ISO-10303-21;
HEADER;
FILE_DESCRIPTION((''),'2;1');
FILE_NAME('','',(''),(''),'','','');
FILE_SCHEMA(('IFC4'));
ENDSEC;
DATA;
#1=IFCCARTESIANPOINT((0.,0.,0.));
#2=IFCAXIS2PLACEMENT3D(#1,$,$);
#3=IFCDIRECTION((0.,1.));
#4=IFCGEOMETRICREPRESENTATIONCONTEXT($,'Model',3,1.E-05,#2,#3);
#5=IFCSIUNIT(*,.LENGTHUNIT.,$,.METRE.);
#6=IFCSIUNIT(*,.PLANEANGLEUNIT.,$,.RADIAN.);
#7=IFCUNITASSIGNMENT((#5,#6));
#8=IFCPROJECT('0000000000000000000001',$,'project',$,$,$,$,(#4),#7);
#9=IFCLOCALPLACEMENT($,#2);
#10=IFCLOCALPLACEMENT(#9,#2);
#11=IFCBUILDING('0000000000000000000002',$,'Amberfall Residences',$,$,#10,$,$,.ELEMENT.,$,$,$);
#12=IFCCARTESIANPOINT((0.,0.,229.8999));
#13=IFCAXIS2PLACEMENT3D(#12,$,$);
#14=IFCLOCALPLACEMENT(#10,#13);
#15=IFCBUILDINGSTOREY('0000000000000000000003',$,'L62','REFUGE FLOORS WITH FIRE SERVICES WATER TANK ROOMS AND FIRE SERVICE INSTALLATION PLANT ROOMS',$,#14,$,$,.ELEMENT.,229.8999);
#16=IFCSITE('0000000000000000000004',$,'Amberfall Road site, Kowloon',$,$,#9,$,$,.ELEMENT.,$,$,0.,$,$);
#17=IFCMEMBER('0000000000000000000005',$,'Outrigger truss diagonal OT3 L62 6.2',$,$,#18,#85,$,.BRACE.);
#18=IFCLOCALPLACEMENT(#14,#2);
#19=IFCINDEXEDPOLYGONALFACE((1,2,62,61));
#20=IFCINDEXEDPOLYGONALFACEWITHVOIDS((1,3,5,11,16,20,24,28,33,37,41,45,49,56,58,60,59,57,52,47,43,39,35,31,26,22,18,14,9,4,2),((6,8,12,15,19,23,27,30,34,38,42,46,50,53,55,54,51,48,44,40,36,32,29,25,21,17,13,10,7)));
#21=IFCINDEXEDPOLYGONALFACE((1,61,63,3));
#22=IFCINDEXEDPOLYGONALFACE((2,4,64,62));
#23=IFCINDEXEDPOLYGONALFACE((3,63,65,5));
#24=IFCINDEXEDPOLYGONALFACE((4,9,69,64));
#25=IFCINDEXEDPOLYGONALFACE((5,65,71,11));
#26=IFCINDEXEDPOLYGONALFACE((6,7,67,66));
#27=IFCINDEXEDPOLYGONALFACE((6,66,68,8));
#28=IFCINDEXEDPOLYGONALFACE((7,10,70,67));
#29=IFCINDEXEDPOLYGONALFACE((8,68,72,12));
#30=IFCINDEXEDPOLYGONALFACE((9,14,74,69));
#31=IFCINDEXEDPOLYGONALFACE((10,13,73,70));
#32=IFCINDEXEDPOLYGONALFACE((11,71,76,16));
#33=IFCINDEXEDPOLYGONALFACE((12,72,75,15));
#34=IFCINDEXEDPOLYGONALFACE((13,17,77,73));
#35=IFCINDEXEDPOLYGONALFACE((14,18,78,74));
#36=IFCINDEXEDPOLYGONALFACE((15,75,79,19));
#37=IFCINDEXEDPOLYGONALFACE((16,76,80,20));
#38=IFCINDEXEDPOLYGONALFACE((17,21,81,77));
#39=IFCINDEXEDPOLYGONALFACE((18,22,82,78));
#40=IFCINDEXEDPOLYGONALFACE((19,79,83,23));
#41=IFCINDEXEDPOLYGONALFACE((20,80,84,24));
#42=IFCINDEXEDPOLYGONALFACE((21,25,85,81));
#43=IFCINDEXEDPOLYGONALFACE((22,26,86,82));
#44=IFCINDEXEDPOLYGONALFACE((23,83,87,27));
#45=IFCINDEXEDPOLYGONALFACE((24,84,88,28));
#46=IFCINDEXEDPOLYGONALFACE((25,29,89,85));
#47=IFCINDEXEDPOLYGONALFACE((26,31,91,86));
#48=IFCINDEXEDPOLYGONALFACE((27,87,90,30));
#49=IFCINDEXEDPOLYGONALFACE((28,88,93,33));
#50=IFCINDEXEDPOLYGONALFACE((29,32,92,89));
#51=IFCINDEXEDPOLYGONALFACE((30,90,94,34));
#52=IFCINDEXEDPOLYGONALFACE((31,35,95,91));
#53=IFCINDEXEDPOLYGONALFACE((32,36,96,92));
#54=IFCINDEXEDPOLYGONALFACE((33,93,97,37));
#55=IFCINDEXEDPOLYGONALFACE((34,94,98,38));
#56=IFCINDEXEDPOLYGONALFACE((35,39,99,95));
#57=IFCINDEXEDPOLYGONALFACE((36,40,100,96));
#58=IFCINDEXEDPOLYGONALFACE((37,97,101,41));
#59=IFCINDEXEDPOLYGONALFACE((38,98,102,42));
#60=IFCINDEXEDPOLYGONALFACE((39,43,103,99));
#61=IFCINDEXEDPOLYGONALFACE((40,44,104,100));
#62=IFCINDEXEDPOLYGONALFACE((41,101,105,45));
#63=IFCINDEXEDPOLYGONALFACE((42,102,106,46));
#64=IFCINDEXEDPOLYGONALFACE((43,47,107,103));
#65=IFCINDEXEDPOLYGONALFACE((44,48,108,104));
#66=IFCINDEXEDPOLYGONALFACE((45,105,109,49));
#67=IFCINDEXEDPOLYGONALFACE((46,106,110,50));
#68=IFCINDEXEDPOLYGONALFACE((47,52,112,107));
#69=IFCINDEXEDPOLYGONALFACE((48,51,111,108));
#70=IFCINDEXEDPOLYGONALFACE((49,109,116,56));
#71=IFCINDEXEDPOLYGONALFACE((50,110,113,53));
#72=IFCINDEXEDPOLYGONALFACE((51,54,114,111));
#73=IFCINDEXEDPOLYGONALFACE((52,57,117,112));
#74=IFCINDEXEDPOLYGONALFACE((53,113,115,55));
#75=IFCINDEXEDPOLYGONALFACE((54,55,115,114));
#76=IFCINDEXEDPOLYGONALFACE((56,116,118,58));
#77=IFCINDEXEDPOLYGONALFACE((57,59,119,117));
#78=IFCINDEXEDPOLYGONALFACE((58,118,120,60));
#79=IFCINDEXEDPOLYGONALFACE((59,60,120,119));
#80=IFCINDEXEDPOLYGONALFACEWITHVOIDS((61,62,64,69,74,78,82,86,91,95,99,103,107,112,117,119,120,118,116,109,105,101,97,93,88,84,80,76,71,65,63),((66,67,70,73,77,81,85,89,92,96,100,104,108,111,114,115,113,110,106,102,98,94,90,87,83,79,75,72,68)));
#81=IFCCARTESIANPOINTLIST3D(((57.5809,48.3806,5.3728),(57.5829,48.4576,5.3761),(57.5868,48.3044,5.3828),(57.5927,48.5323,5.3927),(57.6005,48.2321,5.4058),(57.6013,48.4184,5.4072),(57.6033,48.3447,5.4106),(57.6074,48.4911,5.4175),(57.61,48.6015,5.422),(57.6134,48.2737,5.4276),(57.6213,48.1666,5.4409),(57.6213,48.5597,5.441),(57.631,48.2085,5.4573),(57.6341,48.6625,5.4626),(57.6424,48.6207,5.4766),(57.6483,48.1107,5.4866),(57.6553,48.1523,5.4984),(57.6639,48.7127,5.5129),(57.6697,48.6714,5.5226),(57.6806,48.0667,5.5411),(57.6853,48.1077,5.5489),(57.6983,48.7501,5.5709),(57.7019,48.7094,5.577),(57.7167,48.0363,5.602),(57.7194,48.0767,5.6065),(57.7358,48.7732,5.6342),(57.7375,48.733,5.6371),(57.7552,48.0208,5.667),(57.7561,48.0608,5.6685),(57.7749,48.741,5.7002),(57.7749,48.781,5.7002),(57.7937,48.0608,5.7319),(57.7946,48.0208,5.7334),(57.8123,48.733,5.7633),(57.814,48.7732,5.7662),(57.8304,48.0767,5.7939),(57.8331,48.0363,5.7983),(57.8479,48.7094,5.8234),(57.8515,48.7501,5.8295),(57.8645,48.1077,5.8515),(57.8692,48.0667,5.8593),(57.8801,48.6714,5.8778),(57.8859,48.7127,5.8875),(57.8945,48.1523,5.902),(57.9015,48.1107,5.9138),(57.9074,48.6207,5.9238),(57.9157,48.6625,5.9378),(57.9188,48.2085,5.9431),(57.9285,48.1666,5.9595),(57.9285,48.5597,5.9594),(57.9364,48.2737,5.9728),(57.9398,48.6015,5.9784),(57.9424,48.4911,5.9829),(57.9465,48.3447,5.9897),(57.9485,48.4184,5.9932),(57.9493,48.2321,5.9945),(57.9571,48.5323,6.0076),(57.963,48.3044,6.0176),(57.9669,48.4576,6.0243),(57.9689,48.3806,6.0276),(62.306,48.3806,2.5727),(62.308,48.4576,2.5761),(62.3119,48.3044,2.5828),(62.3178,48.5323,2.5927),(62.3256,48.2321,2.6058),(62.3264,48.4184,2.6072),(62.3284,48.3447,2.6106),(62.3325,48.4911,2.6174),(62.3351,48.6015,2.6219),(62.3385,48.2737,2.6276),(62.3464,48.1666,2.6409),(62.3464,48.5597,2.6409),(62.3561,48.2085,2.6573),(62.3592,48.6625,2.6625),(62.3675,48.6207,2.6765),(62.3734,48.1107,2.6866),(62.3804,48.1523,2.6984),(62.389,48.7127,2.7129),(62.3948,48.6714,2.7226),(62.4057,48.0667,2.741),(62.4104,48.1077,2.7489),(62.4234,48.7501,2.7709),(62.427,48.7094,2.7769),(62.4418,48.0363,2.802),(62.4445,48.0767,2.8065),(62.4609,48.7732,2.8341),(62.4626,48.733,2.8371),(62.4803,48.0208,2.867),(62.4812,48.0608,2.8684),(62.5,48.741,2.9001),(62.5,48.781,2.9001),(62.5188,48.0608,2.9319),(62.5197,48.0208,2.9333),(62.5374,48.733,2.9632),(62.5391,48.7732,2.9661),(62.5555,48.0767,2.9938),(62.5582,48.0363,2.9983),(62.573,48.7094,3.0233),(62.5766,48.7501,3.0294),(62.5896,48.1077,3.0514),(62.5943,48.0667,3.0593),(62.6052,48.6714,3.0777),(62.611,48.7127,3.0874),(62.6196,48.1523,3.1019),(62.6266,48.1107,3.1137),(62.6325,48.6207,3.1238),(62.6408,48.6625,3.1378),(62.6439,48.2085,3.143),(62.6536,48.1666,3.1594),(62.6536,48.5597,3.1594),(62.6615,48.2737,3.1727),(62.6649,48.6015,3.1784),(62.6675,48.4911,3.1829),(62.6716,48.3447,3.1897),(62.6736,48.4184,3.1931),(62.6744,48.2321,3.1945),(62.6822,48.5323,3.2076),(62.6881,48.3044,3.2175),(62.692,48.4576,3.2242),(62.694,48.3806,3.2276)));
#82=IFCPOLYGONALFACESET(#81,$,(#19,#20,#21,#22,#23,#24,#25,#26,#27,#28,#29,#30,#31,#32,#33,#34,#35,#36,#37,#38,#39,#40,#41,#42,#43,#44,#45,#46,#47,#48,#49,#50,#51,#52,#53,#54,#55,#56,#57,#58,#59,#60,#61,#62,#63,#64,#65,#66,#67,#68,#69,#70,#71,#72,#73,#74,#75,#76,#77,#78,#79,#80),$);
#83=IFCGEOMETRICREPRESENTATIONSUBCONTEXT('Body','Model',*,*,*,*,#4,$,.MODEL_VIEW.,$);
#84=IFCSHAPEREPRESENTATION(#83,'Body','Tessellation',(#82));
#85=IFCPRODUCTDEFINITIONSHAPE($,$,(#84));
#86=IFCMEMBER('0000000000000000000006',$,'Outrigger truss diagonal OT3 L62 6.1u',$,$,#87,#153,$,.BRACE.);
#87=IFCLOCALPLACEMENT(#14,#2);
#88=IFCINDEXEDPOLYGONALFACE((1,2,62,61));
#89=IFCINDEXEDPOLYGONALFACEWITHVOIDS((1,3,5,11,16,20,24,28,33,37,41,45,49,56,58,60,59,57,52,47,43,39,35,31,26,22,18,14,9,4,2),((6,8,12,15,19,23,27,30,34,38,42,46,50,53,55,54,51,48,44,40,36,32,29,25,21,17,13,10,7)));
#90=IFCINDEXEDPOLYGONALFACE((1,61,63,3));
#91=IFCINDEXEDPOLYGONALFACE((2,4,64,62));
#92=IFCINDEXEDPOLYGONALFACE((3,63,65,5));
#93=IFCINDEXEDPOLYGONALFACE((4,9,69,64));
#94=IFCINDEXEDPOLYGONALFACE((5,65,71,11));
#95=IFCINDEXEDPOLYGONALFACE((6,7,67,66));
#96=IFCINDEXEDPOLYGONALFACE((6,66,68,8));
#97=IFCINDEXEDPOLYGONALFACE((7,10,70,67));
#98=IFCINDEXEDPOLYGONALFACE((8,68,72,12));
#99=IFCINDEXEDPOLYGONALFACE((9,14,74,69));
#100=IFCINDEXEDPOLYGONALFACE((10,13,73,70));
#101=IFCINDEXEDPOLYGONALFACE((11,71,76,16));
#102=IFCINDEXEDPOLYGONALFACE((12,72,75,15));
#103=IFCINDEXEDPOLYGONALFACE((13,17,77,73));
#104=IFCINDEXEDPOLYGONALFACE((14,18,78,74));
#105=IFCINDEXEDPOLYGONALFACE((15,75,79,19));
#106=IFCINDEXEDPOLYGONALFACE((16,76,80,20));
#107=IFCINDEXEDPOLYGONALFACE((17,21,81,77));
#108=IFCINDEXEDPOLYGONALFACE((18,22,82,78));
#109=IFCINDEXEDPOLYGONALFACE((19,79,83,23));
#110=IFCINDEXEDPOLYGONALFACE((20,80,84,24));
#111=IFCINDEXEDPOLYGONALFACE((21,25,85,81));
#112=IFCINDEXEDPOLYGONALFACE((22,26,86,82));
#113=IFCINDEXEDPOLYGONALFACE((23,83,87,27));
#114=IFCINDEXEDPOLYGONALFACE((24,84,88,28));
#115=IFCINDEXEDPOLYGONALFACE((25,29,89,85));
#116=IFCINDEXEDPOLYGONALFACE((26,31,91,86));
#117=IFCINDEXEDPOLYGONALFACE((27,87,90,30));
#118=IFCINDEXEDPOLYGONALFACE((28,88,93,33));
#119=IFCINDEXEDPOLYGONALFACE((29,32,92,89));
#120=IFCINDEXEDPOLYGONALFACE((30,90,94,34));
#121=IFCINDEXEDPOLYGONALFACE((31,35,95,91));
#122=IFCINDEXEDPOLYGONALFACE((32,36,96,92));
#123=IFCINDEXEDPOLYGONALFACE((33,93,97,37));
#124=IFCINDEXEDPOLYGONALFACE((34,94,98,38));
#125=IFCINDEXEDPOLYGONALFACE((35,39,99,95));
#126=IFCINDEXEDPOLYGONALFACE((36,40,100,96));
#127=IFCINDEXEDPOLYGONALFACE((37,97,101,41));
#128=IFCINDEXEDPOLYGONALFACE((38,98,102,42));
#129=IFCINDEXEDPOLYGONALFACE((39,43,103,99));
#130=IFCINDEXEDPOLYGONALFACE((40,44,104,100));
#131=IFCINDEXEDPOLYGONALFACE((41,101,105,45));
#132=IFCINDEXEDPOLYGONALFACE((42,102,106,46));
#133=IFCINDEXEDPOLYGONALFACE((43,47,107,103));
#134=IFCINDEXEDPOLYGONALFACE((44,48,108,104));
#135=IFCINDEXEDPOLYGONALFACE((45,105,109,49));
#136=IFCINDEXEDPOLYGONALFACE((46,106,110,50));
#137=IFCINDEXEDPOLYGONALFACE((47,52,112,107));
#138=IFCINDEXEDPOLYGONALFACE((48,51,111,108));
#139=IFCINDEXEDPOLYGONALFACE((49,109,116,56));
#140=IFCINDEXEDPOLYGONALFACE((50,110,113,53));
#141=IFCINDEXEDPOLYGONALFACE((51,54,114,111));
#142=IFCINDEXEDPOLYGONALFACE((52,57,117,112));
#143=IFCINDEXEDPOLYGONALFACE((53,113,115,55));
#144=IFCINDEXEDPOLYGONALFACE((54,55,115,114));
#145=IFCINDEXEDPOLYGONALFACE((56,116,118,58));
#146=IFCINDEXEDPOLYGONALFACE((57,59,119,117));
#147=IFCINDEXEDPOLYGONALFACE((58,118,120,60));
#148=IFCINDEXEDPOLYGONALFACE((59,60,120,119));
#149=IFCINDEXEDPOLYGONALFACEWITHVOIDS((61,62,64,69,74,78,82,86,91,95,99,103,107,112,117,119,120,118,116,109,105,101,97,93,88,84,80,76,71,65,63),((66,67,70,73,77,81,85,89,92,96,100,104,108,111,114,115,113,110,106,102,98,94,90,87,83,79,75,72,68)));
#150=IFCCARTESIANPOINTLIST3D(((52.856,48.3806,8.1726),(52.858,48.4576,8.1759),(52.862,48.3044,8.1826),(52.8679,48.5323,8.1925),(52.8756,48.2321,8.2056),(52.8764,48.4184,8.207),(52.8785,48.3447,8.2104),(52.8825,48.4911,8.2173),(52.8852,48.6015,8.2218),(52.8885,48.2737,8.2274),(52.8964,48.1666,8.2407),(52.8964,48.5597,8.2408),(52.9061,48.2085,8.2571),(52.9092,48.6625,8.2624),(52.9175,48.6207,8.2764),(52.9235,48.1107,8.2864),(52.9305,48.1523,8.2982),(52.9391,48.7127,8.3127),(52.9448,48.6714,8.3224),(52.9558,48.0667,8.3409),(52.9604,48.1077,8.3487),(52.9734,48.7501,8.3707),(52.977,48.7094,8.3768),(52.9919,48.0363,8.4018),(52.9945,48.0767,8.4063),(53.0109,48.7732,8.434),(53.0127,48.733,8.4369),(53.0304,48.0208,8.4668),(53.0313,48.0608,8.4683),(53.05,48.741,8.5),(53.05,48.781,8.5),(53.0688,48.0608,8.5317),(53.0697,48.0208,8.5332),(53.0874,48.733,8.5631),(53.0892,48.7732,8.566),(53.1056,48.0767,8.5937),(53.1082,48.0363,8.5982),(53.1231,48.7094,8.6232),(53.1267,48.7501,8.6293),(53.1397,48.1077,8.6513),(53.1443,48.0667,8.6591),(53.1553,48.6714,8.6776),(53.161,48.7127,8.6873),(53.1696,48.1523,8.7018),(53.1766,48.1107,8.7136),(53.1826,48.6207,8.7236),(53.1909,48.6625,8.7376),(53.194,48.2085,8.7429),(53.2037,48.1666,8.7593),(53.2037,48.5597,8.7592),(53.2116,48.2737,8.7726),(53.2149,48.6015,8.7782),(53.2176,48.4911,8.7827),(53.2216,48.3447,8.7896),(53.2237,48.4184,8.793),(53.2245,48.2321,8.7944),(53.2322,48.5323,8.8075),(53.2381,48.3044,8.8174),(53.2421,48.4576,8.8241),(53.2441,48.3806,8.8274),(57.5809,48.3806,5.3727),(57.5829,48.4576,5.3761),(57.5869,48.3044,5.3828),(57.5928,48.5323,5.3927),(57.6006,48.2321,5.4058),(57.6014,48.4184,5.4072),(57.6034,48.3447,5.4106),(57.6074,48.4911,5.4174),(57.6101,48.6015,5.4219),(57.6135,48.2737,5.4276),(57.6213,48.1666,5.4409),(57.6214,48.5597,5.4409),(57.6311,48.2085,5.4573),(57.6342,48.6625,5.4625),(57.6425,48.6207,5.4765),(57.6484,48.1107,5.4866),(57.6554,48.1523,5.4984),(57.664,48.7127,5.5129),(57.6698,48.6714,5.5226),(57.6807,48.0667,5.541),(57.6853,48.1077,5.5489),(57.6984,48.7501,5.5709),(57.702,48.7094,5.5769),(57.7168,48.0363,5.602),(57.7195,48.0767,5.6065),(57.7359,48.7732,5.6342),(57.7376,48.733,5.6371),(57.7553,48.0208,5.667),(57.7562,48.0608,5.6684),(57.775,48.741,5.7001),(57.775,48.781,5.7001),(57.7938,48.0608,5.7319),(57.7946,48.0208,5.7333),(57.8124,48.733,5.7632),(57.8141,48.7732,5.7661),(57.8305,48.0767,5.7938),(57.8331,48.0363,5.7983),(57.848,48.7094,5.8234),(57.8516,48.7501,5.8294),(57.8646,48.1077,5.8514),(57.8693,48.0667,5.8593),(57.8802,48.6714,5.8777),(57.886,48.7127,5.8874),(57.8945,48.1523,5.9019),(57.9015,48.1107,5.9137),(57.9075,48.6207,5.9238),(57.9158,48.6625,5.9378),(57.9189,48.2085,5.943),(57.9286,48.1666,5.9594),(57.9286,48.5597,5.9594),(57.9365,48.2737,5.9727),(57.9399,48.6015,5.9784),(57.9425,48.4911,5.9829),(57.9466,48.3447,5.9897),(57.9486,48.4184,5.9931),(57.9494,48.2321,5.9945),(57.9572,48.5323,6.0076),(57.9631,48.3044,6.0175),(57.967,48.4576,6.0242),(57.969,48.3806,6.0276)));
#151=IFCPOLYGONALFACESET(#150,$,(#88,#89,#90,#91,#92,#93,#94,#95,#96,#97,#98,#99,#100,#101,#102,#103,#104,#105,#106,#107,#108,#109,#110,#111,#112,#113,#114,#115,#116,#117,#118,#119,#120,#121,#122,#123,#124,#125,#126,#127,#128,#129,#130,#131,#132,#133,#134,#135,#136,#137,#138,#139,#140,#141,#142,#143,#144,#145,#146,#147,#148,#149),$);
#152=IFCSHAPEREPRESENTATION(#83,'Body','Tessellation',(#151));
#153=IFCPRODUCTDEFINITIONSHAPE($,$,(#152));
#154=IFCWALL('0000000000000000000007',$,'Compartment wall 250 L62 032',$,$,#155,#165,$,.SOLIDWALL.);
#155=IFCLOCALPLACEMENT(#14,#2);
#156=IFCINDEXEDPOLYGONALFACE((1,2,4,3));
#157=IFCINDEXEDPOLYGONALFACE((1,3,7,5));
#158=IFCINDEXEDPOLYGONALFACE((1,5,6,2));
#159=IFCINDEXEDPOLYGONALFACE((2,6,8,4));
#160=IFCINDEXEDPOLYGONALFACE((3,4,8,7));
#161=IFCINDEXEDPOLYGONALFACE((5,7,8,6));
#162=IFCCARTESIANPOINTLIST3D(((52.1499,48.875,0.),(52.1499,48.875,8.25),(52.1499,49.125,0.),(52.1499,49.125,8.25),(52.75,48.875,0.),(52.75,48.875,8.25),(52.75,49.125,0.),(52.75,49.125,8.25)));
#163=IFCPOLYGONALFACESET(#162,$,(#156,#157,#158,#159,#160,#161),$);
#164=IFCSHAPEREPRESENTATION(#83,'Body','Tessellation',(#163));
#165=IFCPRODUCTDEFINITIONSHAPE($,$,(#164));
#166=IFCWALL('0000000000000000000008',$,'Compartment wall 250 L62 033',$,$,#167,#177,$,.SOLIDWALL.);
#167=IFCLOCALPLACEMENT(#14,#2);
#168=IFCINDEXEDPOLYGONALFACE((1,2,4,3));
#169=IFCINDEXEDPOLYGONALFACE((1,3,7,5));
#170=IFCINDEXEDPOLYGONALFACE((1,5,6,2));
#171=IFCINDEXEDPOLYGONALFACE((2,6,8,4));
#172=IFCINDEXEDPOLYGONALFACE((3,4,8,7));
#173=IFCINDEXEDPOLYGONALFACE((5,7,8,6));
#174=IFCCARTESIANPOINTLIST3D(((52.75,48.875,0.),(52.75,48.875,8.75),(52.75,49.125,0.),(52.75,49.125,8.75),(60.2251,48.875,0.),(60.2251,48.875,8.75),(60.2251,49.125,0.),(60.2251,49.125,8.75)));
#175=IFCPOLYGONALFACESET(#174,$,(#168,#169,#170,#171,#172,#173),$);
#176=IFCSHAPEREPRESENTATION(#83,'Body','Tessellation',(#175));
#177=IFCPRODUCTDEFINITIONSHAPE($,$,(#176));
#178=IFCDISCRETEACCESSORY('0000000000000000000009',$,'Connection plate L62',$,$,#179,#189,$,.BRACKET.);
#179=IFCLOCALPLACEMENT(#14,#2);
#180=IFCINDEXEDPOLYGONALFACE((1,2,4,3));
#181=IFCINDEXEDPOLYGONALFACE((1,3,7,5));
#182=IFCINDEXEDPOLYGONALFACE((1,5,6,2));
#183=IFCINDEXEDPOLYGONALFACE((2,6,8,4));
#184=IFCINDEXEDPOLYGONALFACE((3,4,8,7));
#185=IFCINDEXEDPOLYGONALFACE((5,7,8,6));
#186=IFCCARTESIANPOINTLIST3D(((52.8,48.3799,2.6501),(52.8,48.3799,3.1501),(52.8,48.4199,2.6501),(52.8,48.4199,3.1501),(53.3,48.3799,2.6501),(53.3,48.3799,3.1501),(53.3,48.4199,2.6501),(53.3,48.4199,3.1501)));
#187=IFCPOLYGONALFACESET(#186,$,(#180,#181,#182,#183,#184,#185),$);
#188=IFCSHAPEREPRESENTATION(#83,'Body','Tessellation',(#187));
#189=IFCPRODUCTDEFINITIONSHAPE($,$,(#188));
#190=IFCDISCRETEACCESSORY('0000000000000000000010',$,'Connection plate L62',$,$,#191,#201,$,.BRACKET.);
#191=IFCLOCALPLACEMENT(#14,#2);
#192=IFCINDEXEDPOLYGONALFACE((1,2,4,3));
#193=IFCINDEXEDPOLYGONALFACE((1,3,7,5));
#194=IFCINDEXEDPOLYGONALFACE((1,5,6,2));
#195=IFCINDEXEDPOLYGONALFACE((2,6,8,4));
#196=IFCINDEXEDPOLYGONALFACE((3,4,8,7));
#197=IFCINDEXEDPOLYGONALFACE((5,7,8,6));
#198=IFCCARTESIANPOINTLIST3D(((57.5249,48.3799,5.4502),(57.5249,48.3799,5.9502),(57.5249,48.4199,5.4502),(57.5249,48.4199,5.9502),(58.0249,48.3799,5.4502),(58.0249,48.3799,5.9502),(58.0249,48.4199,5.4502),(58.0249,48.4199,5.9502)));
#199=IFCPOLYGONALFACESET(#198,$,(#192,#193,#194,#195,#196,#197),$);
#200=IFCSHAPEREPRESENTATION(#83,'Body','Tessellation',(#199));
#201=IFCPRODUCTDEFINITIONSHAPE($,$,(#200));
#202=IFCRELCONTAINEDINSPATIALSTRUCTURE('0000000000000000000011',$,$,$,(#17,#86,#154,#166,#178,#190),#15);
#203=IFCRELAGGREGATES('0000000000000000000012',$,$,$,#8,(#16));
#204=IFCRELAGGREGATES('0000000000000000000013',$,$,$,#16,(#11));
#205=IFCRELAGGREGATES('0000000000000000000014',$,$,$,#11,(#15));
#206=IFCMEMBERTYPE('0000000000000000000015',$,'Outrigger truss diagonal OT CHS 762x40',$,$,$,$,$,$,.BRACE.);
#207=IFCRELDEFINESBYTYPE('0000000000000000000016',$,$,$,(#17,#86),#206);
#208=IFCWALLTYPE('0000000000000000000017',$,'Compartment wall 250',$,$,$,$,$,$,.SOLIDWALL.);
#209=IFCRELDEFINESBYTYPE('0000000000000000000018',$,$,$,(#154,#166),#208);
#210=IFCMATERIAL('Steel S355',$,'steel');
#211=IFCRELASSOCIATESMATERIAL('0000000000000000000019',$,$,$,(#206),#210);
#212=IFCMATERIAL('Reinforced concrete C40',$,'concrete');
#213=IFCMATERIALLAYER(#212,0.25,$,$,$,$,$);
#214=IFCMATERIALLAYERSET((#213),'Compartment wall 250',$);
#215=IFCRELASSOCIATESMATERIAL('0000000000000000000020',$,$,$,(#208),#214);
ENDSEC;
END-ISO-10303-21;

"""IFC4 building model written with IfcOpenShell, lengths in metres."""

from ifc_helpers import new_model, si_unit, direction, frame, frame_2d, origin, origin_2d, place, context, subcontext, project, spatial, rectangle, hollow_circle, extrude, material, layer, layer_set, material_profile, profile_set, type_object, element, save


model = new_model("IFC4")

# Units and contexts
model_context = context("Model", 3, precision=1e-05, world=origin(), true_north=direction((0.0, 1.0)))
body_context = subcontext(model_context, "Body", "Model", "MODEL_VIEW")
ifc_project = project(units=[si_unit("LENGTHUNIT", "METRE"), si_unit("PLANEANGLEUNIT", "RADIAN")], contexts=[model_context])

# Site, building, storey
site_placement = place(None, origin())
site = spatial("IfcSite", under=ifc_project, at=site_placement, Name="Amberfall Road site, Kowloon", CompositionType="ELEMENT", RefElevation=0.0)
building_placement = place(site_placement, origin())
building = spatial("IfcBuilding", under=site, at=building_placement, Name="Amberfall Residences", CompositionType="ELEMENT")
storey_placement = place(building_placement, frame((0.0, 0.0, 229.8999)))
storey = spatial("IfcBuildingStorey", under=building, at=storey_placement, Name="L62", Description="REFUGE FLOORS WITH FIRE SERVICES WATER TANK ROOMS AND FIRE SERVICE INSTALLATION PLANT ROOMS", CompositionType="ELEMENT", Elevation=229.8999)

# Shared definitions
ifc_material_1 = material(Name="Steel S355", Category="steel")

# Members
ifc_material_profile_1 = material_profile(ifc_material_1, hollow_circle(Radius=0.3811, WallThickness=0.04, at=origin_2d()), Name="CHS 762x40")
ifc_profile_set_1 = profile_set([ifc_material_profile_1], Name="Steel S355")
member_type_1 = type_object("IfcMemberType", Name="Outrigger truss diagonal OT CHS 762x40", PredefinedType="BRACE", material=ifc_profile_set_1)
member_1_placement = place(storey_placement, frame((57.7749, 48.3999, 5.7002), z_axis=(0.860292, 0.0, -0.509801), x_axis=(0.0, 1.0, 0.0)))
element("IfcMember", 1, at=member_1_placement, inside=storey, type_object=member_type_1, Name="Outrigger truss diagonal OT3 L62 6.2", PredefinedType="BRACE", context=body_context, shape_type="SweptSolid", body=[
    extrude(hollow_circle(Radius=0.3811, WallThickness=0.04, at=origin_2d()), origin(), (0.0, 0.0, 1.0), 5.4924),
])
member_2_placement = place(storey_placement, frame((53.05, 48.3999, 8.5), z_axis=(0.8603, 0.0, -0.509788), x_axis=(0.0, 1.0, 0.0)))
element("IfcMember", 2, at=member_2_placement, inside=storey, type_object=member_type_1, Name="Outrigger truss diagonal OT3 L62 6.1u", PredefinedType="BRACE", context=body_context, shape_type="SweptSolid", body=[
    extrude(hollow_circle(Radius=0.3811, WallThickness=0.04, at=origin_2d()), origin(), (0.0, 0.0, 1.0), 5.4922),
])

# Walls
ifc_material_2 = material(Name="Reinforced concrete C40", Category="concrete")
ifc_layer = layer(ifc_material_2, 0.25)
ifc_layer_set = layer_set([ifc_layer], Name="Compartment wall 250")
wall_type = type_object("IfcWallType", Name="Compartment wall 250", PredefinedType="SOLIDWALL", material=ifc_layer_set)
wall_1_placement = place(storey_placement, frame((52.1499, 49.0, 0.0), z_axis=(0.0, 0.0, 1.0), x_axis=(1.0, 0.0, 0.0)))
element("IfcWall", 3, at=wall_1_placement, inside=storey, type_object=wall_type, Name="Compartment wall 250 L62 032", PredefinedType="SOLIDWALL", context=body_context, shape_type="SweptSolid", body=[
    extrude(rectangle(XDim=0.6001, YDim=0.25, at=frame_2d((0.3, 0.0))), origin(), (0.0, 0.0, 1.0), 8.25),
])
wall_2_placement = place(storey_placement, frame((52.75, 49.0, 0.0), z_axis=(0.0, 0.0, 1.0), x_axis=(1.0, 0.0, 0.0)))
element("IfcWall", 4, at=wall_2_placement, inside=storey, type_object=wall_type, Name="Compartment wall 250 L62 033", PredefinedType="SOLIDWALL", context=body_context, shape_type="SweptSolid", body=[
    extrude(rectangle(XDim=7.4751, YDim=0.25, at=frame_2d((3.7375, 0.0))), origin(), (0.0, 0.0, 1.0), 8.75),
])

# Discrete accessories
for number, where, z_axis, x_axis, name in (
    (5, (53.05, 48.3999, 2.6501), (0.0, 0.0, 1.0), (1.0, 0.0, 0.0), "Connection plate L62"),
    (6, (57.7749, 48.3999, 5.4502), (0.0, 0.0, 1.0), (1.0, 0.0, 0.0), "Connection plate L62"),
):
    element("IfcDiscreteAccessory", number, at=place(storey_placement, frame(where, z_axis=z_axis, x_axis=x_axis)), inside=storey, Name=name, PredefinedType="BRACKET", context=body_context, shape_type="SweptSolid", body=[
        extrude(rectangle(XDim=0.5, YDim=0.04, at=origin_2d()), origin(), (0.0, 0.0, 1.0), 0.5),
    ])

save(model, "model.ifc")
